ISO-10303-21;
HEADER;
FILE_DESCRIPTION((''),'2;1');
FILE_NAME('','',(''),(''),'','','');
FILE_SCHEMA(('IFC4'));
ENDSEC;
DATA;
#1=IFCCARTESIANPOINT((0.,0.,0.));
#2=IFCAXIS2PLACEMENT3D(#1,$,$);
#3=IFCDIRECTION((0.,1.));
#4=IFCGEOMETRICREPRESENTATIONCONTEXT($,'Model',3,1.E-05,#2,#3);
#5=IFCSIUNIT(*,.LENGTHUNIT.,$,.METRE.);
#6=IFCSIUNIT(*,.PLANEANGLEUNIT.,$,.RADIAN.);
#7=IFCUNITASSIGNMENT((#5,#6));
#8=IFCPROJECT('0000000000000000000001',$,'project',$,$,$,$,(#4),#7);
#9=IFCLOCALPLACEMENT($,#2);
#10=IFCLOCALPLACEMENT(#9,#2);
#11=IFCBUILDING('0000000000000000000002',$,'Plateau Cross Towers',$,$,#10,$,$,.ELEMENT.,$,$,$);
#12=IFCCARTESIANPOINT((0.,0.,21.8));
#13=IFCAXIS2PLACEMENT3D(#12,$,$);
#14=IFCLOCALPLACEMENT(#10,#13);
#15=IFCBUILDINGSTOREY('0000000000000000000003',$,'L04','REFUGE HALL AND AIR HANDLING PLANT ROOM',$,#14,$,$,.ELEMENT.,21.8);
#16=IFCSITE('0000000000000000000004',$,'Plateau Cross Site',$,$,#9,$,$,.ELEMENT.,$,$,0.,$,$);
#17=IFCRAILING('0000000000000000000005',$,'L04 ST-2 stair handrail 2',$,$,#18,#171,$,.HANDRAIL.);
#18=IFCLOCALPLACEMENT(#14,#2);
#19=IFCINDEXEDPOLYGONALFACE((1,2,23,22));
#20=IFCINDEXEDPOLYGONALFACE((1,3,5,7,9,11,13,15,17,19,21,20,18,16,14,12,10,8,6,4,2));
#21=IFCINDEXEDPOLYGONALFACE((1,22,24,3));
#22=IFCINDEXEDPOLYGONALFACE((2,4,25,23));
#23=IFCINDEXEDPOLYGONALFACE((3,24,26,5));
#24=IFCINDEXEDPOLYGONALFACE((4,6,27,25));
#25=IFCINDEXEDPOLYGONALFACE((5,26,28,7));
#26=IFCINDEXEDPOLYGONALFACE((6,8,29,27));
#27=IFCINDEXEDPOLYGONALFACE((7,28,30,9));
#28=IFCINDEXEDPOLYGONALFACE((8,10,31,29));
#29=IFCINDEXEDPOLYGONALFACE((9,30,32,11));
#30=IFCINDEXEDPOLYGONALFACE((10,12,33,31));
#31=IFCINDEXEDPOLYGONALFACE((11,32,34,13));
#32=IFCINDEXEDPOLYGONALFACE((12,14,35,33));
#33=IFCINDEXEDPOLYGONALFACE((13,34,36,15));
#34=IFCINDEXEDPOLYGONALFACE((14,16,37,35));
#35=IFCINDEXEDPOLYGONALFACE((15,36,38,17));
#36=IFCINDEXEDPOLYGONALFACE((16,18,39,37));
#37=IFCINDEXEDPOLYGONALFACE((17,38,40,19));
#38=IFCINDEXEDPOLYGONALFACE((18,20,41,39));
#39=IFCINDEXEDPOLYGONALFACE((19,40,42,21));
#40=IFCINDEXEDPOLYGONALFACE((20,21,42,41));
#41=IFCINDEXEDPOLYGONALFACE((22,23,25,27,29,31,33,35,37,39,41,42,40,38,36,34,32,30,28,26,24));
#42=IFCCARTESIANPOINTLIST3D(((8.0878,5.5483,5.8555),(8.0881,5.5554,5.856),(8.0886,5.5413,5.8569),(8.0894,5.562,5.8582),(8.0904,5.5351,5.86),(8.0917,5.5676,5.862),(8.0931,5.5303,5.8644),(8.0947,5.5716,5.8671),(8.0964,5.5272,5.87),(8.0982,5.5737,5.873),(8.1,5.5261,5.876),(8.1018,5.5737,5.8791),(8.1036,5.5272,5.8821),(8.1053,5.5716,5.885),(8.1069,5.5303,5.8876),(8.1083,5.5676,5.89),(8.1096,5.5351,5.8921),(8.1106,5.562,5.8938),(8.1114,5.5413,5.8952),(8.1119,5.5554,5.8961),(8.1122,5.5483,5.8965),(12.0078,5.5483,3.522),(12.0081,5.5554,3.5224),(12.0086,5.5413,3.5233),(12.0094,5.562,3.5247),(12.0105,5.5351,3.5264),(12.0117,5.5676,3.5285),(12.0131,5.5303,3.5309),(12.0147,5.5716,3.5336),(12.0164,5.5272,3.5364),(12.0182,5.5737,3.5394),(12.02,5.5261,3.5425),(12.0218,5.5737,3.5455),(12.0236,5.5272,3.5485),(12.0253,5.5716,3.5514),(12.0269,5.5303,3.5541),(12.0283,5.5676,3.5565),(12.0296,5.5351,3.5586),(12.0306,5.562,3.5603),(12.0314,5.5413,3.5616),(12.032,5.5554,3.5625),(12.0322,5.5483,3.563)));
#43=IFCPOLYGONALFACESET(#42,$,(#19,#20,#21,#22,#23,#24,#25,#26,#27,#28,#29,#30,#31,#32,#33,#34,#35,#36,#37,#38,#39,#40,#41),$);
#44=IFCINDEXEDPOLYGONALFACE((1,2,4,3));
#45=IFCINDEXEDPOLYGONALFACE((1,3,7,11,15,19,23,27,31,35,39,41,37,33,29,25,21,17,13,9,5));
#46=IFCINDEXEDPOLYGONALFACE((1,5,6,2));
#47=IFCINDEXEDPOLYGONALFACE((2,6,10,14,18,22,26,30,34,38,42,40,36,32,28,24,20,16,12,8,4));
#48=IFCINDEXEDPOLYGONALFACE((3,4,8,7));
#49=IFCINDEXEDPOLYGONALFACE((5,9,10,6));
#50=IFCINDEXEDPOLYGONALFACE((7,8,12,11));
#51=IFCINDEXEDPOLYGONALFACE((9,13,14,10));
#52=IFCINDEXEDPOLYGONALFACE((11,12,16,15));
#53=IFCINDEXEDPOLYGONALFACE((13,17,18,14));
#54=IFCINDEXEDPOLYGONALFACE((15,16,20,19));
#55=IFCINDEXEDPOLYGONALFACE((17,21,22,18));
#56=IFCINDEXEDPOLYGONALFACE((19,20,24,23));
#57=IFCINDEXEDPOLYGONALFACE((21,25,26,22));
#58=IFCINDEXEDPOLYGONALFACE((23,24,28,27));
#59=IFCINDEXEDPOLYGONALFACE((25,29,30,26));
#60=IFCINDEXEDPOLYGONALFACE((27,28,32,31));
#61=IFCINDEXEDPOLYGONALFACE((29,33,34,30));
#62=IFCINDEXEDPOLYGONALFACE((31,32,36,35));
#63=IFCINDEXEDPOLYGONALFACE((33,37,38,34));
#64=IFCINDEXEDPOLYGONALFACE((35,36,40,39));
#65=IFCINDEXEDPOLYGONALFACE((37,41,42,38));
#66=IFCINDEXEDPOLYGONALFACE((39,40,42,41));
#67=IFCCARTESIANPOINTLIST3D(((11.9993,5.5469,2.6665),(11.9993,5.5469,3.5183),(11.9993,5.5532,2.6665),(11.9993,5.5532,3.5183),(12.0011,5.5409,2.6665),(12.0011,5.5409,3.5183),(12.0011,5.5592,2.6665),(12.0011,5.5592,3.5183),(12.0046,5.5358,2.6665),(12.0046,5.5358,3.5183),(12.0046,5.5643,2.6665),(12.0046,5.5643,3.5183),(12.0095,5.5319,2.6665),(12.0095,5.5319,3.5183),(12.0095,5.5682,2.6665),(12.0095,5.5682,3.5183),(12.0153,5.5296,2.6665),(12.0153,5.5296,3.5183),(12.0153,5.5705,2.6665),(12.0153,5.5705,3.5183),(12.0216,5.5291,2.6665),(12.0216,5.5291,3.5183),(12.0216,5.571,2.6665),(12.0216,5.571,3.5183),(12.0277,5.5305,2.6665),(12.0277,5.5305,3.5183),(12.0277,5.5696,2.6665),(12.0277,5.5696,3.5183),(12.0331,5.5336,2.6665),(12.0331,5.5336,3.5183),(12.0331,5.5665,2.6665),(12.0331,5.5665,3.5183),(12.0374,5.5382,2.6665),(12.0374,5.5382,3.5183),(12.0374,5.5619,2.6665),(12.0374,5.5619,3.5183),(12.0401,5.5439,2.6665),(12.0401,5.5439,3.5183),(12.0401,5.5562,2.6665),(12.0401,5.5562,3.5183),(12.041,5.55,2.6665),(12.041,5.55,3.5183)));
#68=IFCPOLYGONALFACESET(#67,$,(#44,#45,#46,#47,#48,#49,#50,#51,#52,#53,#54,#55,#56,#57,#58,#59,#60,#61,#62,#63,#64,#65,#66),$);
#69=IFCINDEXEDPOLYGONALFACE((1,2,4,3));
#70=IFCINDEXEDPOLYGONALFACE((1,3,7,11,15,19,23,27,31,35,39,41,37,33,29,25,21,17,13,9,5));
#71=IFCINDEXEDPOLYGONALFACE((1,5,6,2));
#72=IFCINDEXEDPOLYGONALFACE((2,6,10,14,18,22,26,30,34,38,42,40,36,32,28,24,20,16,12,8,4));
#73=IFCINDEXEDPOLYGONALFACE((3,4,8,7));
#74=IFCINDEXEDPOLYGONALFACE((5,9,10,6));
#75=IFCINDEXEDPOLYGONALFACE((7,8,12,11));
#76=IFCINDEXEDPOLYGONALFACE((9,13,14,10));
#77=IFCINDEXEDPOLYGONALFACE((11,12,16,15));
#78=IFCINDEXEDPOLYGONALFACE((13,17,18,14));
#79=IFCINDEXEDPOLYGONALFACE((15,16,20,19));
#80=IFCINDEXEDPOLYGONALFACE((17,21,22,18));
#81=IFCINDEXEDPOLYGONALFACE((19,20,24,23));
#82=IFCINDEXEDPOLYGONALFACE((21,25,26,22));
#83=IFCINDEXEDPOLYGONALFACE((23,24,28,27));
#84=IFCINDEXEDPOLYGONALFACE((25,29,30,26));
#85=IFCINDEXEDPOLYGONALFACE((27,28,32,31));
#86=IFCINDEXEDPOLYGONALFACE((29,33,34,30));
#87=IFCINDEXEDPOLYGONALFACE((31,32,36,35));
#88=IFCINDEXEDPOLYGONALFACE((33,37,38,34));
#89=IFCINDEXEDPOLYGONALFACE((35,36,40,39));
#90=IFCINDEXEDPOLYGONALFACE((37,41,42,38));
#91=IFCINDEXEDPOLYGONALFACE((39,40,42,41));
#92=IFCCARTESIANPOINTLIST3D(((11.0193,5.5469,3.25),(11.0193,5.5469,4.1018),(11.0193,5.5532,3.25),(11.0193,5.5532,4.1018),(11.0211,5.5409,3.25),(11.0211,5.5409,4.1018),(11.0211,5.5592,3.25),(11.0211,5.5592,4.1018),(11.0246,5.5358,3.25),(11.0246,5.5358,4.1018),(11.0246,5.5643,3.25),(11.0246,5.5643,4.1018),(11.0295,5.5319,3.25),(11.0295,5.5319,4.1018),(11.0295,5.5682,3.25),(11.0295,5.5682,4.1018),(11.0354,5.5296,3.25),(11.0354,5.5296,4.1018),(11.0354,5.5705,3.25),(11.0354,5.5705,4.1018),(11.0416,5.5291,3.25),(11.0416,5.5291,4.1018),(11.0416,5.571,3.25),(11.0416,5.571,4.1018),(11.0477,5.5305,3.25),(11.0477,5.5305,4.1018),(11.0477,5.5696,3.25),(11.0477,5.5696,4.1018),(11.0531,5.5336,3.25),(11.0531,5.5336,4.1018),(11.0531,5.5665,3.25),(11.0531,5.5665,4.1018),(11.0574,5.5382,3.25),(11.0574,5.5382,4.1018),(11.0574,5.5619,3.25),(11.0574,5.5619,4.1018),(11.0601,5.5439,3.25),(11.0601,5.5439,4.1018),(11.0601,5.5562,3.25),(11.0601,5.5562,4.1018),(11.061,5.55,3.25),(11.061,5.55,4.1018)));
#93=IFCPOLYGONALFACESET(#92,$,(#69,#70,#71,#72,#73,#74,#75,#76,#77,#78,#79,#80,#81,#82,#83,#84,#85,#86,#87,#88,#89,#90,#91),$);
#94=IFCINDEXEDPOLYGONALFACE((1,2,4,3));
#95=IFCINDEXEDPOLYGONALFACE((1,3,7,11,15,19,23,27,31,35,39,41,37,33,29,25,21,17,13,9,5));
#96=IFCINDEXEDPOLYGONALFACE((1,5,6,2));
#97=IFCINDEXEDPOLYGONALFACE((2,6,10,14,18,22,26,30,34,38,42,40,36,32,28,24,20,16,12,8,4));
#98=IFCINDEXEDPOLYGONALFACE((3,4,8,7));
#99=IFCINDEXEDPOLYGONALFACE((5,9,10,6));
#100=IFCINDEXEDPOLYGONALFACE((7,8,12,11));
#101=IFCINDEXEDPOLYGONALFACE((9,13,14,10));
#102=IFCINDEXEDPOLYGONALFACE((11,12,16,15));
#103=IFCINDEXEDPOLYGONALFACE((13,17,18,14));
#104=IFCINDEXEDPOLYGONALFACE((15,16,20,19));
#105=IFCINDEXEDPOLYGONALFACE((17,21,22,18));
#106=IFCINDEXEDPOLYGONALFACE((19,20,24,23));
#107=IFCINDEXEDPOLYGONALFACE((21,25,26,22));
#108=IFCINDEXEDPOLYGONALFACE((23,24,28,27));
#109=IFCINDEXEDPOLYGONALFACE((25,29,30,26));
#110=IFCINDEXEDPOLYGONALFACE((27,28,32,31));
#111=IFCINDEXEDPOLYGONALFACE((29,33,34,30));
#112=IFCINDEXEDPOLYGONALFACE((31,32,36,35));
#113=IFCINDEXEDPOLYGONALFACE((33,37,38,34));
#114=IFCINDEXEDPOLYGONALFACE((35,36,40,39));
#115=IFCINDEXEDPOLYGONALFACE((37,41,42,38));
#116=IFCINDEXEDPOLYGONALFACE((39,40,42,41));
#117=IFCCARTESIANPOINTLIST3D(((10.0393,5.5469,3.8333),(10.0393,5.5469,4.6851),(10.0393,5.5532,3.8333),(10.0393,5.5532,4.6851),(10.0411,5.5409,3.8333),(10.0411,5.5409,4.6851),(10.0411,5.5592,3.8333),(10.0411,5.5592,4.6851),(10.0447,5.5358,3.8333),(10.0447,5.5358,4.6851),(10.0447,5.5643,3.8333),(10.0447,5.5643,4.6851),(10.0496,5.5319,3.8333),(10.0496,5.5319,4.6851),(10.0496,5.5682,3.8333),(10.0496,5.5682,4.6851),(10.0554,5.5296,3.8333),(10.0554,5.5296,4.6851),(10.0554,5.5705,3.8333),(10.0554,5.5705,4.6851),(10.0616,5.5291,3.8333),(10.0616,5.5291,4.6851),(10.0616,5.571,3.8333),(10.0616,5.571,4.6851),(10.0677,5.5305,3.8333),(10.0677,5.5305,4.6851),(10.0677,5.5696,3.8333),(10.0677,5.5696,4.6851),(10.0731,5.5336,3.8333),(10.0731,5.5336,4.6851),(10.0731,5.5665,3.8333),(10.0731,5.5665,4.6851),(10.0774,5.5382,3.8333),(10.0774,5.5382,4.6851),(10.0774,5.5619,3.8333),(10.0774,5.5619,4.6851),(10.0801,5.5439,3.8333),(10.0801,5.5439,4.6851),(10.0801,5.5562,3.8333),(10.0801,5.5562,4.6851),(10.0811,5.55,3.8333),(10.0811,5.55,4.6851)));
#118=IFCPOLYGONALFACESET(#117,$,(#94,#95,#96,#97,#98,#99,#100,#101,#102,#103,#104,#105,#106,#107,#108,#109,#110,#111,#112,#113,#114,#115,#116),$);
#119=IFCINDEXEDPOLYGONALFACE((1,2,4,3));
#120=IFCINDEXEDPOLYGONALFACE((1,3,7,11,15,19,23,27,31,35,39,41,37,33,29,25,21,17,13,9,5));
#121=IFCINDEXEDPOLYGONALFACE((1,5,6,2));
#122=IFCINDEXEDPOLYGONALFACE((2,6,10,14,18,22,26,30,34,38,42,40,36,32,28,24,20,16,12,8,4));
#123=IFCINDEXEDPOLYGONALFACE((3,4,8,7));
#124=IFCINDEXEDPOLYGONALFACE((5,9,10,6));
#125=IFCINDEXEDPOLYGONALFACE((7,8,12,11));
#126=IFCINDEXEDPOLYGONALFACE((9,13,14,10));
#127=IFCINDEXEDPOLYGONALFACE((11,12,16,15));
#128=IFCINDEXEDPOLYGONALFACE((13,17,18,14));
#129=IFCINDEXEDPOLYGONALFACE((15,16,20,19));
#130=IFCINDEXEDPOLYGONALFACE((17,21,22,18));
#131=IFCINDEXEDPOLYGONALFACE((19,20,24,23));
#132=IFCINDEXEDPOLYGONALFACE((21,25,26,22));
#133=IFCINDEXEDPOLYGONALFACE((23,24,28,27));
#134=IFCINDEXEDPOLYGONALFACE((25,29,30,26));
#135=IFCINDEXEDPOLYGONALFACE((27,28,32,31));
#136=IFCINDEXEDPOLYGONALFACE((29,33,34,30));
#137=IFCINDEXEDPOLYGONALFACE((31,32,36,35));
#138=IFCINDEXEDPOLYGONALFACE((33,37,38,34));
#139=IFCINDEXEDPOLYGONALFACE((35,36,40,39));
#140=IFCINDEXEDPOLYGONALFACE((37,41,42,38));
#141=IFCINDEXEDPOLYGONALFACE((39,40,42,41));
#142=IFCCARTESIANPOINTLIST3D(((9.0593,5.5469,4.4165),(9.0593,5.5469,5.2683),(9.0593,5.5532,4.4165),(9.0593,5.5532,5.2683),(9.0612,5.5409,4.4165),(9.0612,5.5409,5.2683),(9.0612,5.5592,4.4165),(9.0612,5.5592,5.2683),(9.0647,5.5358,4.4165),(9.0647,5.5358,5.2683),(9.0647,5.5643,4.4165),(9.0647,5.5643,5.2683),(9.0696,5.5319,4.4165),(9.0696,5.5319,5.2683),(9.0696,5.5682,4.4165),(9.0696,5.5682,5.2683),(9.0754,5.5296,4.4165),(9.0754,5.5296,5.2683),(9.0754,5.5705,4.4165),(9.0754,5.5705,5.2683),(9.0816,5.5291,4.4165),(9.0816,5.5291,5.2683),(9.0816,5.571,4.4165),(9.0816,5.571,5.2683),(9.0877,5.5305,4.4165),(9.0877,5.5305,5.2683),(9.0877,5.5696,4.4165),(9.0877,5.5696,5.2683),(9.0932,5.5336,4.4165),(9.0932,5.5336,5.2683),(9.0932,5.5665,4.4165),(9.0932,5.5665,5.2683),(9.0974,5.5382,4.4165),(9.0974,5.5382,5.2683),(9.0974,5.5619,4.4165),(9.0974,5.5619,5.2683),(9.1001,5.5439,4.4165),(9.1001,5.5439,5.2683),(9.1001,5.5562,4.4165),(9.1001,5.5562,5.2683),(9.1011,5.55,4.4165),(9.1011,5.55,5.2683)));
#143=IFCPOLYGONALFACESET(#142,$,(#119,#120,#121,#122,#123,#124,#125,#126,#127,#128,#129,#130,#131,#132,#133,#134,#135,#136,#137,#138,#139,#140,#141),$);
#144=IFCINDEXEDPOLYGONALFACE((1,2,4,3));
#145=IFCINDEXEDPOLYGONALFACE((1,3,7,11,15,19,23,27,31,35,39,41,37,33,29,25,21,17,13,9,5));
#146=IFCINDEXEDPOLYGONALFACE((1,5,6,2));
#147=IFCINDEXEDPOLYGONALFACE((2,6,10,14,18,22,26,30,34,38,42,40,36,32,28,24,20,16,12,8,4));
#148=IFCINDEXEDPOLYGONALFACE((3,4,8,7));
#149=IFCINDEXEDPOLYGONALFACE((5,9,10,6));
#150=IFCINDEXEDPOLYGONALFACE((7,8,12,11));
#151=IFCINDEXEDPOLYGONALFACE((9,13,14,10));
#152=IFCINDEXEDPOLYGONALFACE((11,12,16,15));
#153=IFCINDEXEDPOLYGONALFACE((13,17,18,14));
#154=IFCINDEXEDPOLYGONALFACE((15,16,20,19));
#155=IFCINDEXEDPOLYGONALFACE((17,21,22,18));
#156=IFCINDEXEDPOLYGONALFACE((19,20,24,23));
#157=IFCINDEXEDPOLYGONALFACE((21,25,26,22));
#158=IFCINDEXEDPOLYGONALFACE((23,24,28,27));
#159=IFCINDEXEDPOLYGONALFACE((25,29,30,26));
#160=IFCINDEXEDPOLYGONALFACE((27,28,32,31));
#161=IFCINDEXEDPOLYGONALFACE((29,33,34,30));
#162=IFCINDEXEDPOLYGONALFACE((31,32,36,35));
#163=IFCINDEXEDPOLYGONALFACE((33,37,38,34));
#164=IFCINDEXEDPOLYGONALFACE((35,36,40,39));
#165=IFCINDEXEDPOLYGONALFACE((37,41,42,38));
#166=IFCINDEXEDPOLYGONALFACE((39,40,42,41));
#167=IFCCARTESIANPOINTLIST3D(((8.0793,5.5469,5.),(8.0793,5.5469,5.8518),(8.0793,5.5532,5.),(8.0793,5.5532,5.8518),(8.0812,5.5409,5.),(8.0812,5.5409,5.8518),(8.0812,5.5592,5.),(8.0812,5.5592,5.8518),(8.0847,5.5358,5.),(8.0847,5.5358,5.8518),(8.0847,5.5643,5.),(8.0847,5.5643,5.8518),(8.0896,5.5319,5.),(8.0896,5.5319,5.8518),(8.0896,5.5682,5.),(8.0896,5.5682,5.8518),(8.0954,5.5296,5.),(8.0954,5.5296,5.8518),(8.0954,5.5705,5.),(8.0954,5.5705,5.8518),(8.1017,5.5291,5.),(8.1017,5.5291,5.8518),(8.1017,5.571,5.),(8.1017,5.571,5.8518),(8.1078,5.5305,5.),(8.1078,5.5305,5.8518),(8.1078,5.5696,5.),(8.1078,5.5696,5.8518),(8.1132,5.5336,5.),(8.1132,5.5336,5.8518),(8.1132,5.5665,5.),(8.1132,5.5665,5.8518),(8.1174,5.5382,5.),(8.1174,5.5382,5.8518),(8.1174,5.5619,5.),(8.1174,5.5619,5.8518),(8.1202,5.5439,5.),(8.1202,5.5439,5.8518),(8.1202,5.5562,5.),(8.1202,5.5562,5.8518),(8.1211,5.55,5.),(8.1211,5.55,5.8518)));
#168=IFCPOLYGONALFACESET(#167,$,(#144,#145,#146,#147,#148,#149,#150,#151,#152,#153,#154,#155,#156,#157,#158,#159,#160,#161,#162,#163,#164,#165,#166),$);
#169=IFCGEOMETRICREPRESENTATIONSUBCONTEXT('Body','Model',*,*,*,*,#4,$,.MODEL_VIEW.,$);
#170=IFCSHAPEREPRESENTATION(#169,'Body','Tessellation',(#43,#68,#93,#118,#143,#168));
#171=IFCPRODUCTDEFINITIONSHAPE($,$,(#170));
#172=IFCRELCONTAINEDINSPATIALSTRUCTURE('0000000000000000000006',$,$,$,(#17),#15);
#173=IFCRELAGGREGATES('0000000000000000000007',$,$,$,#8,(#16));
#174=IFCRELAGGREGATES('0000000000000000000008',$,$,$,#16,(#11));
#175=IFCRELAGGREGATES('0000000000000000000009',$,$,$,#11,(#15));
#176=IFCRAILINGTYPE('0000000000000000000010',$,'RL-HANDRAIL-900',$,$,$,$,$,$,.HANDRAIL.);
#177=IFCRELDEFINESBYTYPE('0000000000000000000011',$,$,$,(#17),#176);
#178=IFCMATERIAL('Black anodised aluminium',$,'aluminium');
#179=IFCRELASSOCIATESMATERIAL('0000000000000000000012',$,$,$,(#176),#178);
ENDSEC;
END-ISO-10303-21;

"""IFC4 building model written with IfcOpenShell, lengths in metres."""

from ifc_helpers import new_model, si_unit, direction, frame, origin, origin_2d, place, context, subcontext, project, spatial, circle, extrude, material, type_object, element, save


model = new_model("IFC4")

# Units and contexts
model_context = context("Model", 3, precision=1e-05, world=origin(), true_north=direction((0.0, 1.0)))
body_context = subcontext(model_context, "Body", "Model", "MODEL_VIEW")
ifc_project = project(units=[si_unit("LENGTHUNIT", "METRE"), si_unit("PLANEANGLEUNIT", "RADIAN")], contexts=[model_context])

# Site, building, storey
site_placement = place(None, origin())
site = spatial("IfcSite", under=ifc_project, at=site_placement, Name="Plateau Cross Site", CompositionType="ELEMENT", RefElevation=0.0)
building_placement = place(site_placement, origin())
building = spatial("IfcBuilding", under=site, at=building_placement, Name="Plateau Cross Towers", CompositionType="ELEMENT")
storey_placement = place(building_placement, frame((0.0, 0.0, 21.8)))
storey = spatial("IfcBuildingStorey", under=building, at=storey_placement, Name="L04", Description="REFUGE HALL AND AIR HANDLING PLANT ROOM", CompositionType="ELEMENT", Elevation=21.8)

# Railing
ifc_material_1 = material(Name="Black anodised aluminium", Category="aluminium")
railing_type_1 = type_object("IfcRailingType", Name="RL-HANDRAIL-900", PredefinedType="HANDRAIL", material=ifc_material_1)
railing_1_placement = place(storey_placement, frame((12.02, 5.55, 2.6665)))
element("IfcRailing", 1, at=railing_1_placement, inside=storey, type_object=railing_type_1, Name="L04 ST-2 stair handrail 2", PredefinedType="HANDRAIL", context=body_context, shape_type="SweptSolid", body=[
    extrude(circle(Radius=0.0239, at=origin_2d()), frame((0.0, 0.0, 0.876), z_axis=(-0.859273, 0.0, 0.511518), x_axis=(0.0, -1.0, 0.0)), (0.0, 0.0, 1.0), 4.562),
    extrude(circle(Radius=0.021, at=origin_2d()), origin(), (0.0, 0.0, 1.0), 0.8518),
    extrude(circle(Radius=0.021, at=origin_2d()), frame((-0.98, 0.0, 0.5835)), (0.0, 0.0, 1.0), 0.8518),
    extrude(circle(Radius=0.021, at=origin_2d()), frame((-1.96, 0.0, 1.1667)), (0.0, 0.0, 1.0), 0.8518),
    extrude(circle(Radius=0.021, at=origin_2d()), frame((-2.9399, 0.0, 1.75)), (0.0, 0.0, 1.0), 0.8518),
    extrude(circle(Radius=0.021, at=origin_2d()), frame((-3.9199, 0.0, 2.3335)), (0.0, 0.0, 1.0), 0.8518),
])

save(model, "model.ifc")
